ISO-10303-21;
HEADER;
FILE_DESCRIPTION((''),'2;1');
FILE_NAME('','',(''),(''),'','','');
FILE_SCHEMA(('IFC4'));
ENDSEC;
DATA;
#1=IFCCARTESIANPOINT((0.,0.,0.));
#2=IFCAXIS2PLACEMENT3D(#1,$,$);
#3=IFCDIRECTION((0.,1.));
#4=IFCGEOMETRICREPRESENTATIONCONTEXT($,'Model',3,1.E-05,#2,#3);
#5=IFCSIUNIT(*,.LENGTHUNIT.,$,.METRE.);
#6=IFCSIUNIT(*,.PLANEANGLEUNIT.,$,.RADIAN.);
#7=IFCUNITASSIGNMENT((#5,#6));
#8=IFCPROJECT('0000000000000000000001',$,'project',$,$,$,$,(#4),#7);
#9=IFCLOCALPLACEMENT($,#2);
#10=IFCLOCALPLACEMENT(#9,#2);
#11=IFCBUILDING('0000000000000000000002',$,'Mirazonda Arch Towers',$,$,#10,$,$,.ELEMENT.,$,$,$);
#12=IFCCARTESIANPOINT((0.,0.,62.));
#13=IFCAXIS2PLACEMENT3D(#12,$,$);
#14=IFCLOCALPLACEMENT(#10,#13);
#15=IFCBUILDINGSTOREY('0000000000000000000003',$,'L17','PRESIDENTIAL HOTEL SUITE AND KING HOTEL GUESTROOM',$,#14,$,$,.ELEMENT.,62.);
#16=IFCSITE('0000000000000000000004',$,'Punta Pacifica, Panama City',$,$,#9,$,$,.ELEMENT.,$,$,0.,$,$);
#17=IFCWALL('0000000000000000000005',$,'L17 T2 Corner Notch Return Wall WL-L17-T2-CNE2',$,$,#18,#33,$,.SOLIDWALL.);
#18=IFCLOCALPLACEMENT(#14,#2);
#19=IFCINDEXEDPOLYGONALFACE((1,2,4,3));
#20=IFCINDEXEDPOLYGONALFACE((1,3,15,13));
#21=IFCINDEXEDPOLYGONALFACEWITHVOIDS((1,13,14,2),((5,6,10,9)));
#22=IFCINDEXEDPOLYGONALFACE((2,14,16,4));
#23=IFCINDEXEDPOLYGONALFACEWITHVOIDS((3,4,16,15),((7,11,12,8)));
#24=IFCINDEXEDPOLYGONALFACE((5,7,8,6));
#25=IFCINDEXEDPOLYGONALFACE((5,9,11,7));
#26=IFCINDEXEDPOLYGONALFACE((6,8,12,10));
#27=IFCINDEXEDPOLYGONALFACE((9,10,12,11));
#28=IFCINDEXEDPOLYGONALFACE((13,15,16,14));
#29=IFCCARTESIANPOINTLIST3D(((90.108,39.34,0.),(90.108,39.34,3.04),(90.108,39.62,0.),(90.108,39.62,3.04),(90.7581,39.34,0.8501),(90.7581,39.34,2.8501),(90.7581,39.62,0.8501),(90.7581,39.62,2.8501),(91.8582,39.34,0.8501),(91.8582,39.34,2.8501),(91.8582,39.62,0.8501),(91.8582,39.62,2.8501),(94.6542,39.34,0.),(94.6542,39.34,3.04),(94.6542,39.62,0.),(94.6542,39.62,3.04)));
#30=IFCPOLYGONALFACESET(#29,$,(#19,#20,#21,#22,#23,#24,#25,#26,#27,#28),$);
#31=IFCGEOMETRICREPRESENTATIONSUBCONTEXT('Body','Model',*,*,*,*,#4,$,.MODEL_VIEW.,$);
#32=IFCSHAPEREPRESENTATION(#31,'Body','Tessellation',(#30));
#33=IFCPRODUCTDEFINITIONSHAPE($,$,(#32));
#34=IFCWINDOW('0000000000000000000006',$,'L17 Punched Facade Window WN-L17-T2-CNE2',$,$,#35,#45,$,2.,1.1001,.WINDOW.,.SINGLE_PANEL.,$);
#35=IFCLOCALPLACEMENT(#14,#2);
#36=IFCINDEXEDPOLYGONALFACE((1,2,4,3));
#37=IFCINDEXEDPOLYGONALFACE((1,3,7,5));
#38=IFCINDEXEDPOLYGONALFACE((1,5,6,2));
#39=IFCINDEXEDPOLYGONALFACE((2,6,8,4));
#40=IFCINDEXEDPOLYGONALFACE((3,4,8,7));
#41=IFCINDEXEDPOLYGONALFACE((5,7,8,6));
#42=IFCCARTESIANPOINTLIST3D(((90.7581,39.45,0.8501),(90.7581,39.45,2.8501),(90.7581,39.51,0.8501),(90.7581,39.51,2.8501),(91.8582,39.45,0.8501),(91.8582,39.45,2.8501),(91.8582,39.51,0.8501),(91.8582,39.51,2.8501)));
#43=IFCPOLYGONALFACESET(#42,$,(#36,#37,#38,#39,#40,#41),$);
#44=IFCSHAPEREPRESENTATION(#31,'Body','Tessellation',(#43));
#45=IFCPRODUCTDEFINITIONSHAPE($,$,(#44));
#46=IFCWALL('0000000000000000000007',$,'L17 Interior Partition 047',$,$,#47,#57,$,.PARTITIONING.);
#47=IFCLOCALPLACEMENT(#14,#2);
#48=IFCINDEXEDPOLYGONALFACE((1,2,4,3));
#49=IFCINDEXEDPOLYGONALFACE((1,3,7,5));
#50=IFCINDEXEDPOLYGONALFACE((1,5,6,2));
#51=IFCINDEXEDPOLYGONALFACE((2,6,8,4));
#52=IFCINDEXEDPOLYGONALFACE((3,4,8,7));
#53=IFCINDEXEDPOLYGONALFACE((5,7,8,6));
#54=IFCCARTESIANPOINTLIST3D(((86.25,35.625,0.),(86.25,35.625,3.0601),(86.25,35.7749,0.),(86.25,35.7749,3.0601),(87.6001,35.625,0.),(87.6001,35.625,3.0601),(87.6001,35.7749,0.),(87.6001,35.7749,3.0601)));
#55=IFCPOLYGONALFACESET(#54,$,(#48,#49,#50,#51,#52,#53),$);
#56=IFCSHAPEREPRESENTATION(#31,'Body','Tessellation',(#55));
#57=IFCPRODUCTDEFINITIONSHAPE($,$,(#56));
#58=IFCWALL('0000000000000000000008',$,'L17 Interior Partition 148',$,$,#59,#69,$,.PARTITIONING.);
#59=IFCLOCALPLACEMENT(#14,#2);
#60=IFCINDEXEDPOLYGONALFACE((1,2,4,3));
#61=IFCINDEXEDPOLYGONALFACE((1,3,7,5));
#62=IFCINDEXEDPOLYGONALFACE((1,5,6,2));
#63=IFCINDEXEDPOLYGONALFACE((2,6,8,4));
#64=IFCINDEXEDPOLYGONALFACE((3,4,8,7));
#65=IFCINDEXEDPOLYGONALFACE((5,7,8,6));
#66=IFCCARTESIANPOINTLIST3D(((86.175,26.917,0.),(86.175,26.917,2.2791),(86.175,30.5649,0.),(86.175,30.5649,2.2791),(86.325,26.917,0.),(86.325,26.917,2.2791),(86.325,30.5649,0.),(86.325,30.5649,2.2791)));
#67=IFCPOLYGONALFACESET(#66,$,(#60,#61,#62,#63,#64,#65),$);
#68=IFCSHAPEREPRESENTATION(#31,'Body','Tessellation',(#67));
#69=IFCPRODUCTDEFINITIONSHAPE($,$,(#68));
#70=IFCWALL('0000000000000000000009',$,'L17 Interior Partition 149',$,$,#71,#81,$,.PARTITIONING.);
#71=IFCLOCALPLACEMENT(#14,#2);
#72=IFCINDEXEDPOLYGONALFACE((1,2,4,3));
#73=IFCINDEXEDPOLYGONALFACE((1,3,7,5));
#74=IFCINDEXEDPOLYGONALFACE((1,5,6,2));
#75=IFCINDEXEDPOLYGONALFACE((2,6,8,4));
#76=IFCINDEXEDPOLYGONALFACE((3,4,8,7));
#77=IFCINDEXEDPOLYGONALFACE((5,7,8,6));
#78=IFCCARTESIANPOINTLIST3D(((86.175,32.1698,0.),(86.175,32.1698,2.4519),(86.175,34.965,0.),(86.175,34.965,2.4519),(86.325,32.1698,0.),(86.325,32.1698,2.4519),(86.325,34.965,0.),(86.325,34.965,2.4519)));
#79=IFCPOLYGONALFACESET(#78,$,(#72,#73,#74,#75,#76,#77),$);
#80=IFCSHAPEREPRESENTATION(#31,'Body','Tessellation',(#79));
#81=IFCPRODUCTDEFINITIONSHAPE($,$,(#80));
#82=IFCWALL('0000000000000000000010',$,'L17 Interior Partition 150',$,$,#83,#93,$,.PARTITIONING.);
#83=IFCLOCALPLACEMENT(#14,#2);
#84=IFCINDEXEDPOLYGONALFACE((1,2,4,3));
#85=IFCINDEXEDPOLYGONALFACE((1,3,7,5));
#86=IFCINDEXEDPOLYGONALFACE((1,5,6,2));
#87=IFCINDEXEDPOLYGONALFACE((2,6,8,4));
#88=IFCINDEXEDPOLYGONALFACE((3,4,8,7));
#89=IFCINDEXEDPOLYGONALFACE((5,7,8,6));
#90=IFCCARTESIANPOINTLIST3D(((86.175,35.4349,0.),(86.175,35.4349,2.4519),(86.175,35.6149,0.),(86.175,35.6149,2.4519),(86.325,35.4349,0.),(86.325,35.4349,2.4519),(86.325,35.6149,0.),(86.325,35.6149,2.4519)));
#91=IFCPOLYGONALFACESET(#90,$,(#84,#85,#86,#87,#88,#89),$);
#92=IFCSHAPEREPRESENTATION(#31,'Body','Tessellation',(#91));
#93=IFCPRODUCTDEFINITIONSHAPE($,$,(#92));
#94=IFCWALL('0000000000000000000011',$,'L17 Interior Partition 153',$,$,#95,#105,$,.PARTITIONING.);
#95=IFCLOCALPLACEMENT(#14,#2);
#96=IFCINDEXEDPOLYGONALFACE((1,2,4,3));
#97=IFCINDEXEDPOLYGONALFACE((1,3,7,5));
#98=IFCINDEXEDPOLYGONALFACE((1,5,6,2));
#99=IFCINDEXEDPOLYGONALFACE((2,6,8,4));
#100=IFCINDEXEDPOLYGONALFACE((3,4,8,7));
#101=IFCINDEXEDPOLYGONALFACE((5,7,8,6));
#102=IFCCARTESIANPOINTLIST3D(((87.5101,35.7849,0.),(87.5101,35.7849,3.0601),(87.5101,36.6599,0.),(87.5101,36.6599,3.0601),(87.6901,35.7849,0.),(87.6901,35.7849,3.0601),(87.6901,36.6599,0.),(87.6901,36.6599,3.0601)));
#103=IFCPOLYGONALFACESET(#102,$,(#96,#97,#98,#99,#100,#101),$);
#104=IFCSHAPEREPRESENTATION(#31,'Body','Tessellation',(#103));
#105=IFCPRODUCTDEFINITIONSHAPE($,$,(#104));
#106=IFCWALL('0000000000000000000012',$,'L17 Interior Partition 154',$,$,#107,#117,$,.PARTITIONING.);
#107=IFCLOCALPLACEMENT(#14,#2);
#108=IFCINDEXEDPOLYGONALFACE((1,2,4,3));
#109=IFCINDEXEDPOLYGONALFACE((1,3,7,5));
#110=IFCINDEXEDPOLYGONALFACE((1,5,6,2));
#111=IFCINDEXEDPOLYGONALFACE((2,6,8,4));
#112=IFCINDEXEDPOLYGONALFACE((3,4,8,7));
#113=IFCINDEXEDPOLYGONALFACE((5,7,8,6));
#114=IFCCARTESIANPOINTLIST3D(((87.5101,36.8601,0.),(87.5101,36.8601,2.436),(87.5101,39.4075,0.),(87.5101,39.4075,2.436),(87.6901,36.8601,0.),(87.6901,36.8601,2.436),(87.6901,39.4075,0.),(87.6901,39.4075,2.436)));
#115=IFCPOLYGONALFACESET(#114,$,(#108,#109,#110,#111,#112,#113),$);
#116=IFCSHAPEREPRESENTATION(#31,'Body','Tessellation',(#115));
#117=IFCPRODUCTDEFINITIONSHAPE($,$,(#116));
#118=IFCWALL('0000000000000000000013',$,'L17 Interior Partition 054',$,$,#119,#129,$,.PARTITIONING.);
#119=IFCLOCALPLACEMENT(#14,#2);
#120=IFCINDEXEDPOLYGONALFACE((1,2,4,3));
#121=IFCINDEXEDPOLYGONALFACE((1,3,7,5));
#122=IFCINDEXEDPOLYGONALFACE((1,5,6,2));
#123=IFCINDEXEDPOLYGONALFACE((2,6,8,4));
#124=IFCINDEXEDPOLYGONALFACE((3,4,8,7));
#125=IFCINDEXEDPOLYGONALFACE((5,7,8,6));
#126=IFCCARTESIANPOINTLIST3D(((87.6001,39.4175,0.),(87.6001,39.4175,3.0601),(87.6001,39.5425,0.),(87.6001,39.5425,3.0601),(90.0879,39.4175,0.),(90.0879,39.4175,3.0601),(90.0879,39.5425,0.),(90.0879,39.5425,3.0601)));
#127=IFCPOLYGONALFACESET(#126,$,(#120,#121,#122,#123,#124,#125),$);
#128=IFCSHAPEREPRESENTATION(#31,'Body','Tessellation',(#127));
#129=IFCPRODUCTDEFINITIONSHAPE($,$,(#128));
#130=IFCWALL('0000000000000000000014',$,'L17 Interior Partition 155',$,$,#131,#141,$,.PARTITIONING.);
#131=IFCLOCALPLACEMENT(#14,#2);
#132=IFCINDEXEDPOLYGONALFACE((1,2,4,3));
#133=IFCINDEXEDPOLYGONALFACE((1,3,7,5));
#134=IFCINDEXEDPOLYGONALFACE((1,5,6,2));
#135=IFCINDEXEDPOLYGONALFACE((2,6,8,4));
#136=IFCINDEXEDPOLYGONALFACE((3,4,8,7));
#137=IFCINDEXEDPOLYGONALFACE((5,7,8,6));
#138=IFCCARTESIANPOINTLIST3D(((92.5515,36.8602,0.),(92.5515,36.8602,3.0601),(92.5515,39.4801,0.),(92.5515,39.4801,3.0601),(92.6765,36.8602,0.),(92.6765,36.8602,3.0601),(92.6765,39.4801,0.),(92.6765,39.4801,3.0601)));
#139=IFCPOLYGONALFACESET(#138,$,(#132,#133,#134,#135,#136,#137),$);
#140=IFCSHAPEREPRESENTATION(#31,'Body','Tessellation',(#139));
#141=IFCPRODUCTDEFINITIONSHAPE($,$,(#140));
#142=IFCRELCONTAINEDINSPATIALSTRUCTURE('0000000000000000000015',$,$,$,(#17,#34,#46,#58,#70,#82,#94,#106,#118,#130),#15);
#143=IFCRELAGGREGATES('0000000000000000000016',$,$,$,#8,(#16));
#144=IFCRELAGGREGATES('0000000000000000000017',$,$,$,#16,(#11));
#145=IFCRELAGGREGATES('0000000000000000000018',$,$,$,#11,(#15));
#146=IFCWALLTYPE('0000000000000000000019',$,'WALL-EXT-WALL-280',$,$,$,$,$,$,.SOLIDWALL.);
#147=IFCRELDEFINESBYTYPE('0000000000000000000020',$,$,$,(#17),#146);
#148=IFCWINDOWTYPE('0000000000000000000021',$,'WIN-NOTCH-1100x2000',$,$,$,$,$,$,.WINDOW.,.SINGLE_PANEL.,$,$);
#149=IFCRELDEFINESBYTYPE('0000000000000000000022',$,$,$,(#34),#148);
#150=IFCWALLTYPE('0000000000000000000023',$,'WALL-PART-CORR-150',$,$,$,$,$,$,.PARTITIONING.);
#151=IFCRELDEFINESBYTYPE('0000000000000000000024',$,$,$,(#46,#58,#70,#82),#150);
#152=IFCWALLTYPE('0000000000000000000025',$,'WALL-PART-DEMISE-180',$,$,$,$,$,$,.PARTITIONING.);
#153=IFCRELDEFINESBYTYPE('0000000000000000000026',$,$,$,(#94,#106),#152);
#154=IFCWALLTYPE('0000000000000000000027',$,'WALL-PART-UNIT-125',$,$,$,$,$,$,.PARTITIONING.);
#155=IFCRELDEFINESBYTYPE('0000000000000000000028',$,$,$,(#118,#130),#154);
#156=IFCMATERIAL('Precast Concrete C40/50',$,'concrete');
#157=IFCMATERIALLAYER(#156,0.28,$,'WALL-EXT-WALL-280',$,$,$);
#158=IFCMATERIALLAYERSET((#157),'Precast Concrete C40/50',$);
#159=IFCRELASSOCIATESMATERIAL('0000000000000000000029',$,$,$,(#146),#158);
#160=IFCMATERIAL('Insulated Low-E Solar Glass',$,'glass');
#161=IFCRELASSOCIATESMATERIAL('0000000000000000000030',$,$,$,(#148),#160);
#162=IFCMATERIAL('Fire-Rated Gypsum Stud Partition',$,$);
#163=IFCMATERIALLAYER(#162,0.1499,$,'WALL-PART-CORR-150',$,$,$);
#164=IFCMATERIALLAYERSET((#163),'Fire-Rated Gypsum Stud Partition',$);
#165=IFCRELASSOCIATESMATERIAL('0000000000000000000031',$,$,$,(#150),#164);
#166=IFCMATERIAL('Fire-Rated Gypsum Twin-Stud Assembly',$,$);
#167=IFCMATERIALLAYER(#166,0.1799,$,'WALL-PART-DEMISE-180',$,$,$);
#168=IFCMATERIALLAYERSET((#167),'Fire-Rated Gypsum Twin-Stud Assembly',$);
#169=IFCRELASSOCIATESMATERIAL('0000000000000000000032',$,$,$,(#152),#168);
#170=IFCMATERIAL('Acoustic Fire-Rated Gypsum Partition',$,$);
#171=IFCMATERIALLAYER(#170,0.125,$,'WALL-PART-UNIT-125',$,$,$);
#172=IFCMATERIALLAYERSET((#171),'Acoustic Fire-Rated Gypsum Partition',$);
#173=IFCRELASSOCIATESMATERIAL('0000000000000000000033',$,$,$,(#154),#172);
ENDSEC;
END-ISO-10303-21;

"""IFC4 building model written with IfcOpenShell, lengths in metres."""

from ifc_helpers import new_model, si_unit, direction, frame, frame_2d, origin, place, context, subcontext, project, spatial, rectangle, extrude, material, layer, layer_set, type_object, element, fill, save


model = new_model("IFC4")

# Units and contexts
model_context = context("Model", 3, precision=1e-05, world=origin(), true_north=direction((0.0, 1.0)))
body_context = subcontext(model_context, "Body", "Model", "MODEL_VIEW")
ifc_project = project(units=[si_unit("LENGTHUNIT", "METRE"), si_unit("PLANEANGLEUNIT", "RADIAN")], contexts=[model_context])

# Site, building, storey
site_placement = place(None, origin())
site = spatial("IfcSite", under=ifc_project, at=site_placement, Name="Punta Pacifica, Panama City", CompositionType="ELEMENT", RefElevation=0.0)
building_placement = place(site_placement, origin())
building = spatial("IfcBuilding", under=site, at=building_placement, Name="Mirazonda Arch Towers", CompositionType="ELEMENT")
storey_placement = place(building_placement, frame((0.0, 0.0, 62.0)))
storey = spatial("IfcBuildingStorey", under=building, at=storey_placement, Name="L17", Description="PRESIDENTIAL HOTEL SUITE AND KING HOTEL GUESTROOM", CompositionType="ELEMENT", Elevation=62.0)

# Shared definitions
ifc_material_1 = material(Name="Insulated Low-E Solar Glass", Category="glass")

# Wall, opening, window
ifc_material_2 = material(Name="Precast Concrete C40/50", Category="concrete")
ifc_layer_1 = layer(ifc_material_2, 0.28, Name="WALL-EXT-WALL-280")
ifc_layer_set_1 = layer_set([ifc_layer_1], Name="Precast Concrete C40/50")
wall_type_1 = type_object("IfcWallType", Name="WALL-EXT-WALL-280", PredefinedType="SOLIDWALL", material=ifc_layer_set_1)
window_type = type_object("IfcWindowType", Name="WIN-NOTCH-1100x2000", PartitioningType="SINGLE_PANEL", PredefinedType="WINDOW", material=ifc_material_1)
wall_1_placement = place(storey_placement, frame((94.6541, 39.48, 0.0), z_axis=(0.0, 0.0, 1.0), x_axis=(-1.0, 0.0, 0.0)))
wall_1 = element("IfcWall", 1, at=wall_1_placement, inside=storey, type_object=wall_type_1, Name="L17 T2 Corner Notch Return Wall WL-L17-T2-CNE2", PredefinedType="SOLIDWALL", context=body_context, shape_type="SweptSolid", body=[
    extrude(rectangle(XDim=4.5461, YDim=0.28, at=frame_2d((2.2729, 0.0))), origin(), (0.0, 0.0, 1.0), 3.04),
])
opening_1_placement = place(wall_1_placement, frame((2.7959, 0.0, 0.8501)))
opening_1 = element("IfcOpeningElement", 2, at=opening_1_placement, cuts=wall_1, PredefinedType="OPENING", context=body_context, shape_type="SweptSolid", body=[
    extrude(rectangle(XDim=1.1001, YDim=2.0, at=frame_2d((0.55, 1.0))), frame((0.0, 0.1499, 0.0), z_axis=(0.0, -1.0, 0.0), x_axis=(1.0, 0.0, 0.0)), (0.0, 0.0, 1.0), 0.3),
])
window_1_placement = place(opening_1_placement, origin())
window_1 = element("IfcWindow", 3, at=window_1_placement, inside=storey, type_object=window_type, Name="L17 Punched Facade Window WN-L17-T2-CNE2", OverallHeight=2.0, OverallWidth=1.1001, PartitioningType="SINGLE_PANEL", PredefinedType="WINDOW", context=body_context, shape_type="SweptSolid", body=[
    extrude(rectangle(XDim=1.1001, YDim=2.0, at=frame_2d((0.55, 1.0))), frame((0.0, 0.03, 0.0), z_axis=(0.0, -1.0, 0.0), x_axis=(1.0, 0.0, 0.0)), (0.0, 0.0, 1.0), 0.0601),
])
fill(opening_1, window_1)

# Walls
ifc_material_3 = material(Name="Fire-Rated Gypsum Stud Partition")
ifc_layer_2 = layer(ifc_material_3, 0.1499, Name="WALL-PART-CORR-150")
ifc_layer_set_2 = layer_set([ifc_layer_2], Name="Fire-Rated Gypsum Stud Partition")
wall_type_2 = type_object("IfcWallType", Name="WALL-PART-CORR-150", PredefinedType="PARTITIONING", material=ifc_layer_set_2)
wall_2_placement = place(storey_placement, frame((86.25, 35.7, 0.0), z_axis=(0.0, 0.0, 1.0), x_axis=(1.0, 0.0, 0.0)))
element("IfcWall", 4, at=wall_2_placement, inside=storey, type_object=wall_type_2, Name="L17 Interior Partition 047", PredefinedType="PARTITIONING", context=body_context, shape_type="SweptSolid", body=[
    extrude(rectangle(XDim=1.3501, YDim=0.1499, at=frame_2d((0.675, 0.0))), origin(), (0.0, 0.0, 1.0), 3.0601),
])
wall_3_placement = place(storey_placement, frame((86.25, 26.917, 0.0), z_axis=(0.0, 0.0, 1.0), x_axis=(0.0, 1.0, 0.0)))
element("IfcWall", 5, at=wall_3_placement, inside=storey, type_object=wall_type_2, Name="L17 Interior Partition 148", PredefinedType="PARTITIONING", context=body_context, shape_type="SweptSolid", body=[
    extrude(rectangle(XDim=3.6479, YDim=0.1499, at=frame_2d((1.824, 0.0))), origin(), (0.0, 0.0, 1.0), 2.2791),
])
wall_4_placement = place(storey_placement, frame((86.25, 32.1699, 0.0), z_axis=(0.0, 0.0, 1.0), x_axis=(0.0, 1.0, 0.0)))
element("IfcWall", 6, at=wall_4_placement, inside=storey, type_object=wall_type_2, Name="L17 Interior Partition 149", PredefinedType="PARTITIONING", context=body_context, shape_type="SweptSolid", body=[
    extrude(rectangle(XDim=2.7952, YDim=0.1499, at=frame_2d((1.3975, 0.0))), origin(), (0.0, 0.0, 1.0), 2.4519),
])
wall_5_placement = place(storey_placement, frame((86.25, 35.4351, 0.0), z_axis=(0.0, 0.0, 1.0), x_axis=(0.0, 1.0, 0.0)))
element("IfcWall", 7, at=wall_5_placement, inside=storey, type_object=wall_type_2, Name="L17 Interior Partition 150", PredefinedType="PARTITIONING", context=body_context, shape_type="SweptSolid", body=[
    extrude(rectangle(XDim=0.1799, YDim=0.1499, at=frame_2d((0.0898, 0.0))), origin(), (0.0, 0.0, 1.0), 2.4519),
])

# Shared definitions
ifc_material_4 = material(Name="Fire-Rated Gypsum Twin-Stud Assembly")
ifc_layer_3 = layer(ifc_material_4, 0.1799, Name="WALL-PART-DEMISE-180")
ifc_layer_set_3 = layer_set([ifc_layer_3], Name="Fire-Rated Gypsum Twin-Stud Assembly")
wall_type_3 = type_object("IfcWallType", Name="WALL-PART-DEMISE-180", PredefinedType="PARTITIONING", material=ifc_layer_set_3)

# Walls
wall_6_placement = place(storey_placement, frame((87.6001, 35.7849, 0.0), z_axis=(0.0, 0.0, 1.0), x_axis=(0.0, 1.0, 0.0)))
element("IfcWall", 8, at=wall_6_placement, inside=storey, type_object=wall_type_3, Name="L17 Interior Partition 153", PredefinedType="PARTITIONING", context=body_context, shape_type="SweptSolid", body=[
    extrude(rectangle(XDim=0.875, YDim=0.1799, at=frame_2d((0.4375, 0.0))), origin(), (0.0, 0.0, 1.0), 3.0601),
])
wall_7_placement = place(storey_placement, frame((87.6001, 36.8601, 0.0), z_axis=(0.0, 0.0, 1.0), x_axis=(0.0, 1.0, 0.0)))
element("IfcWall", 9, at=wall_7_placement, inside=storey, type_object=wall_type_3, Name="L17 Interior Partition 154", PredefinedType="PARTITIONING", context=body_context, shape_type="SweptSolid", body=[
    extrude(rectangle(XDim=2.5474, YDim=0.1799, at=frame_2d((1.2737, 0.0))), origin(), (0.0, 0.0, 1.0), 2.436),
])
ifc_material_5 = material(Name="Acoustic Fire-Rated Gypsum Partition")
ifc_layer_4 = layer(ifc_material_5, 0.125, Name="WALL-PART-UNIT-125")
ifc_layer_set_4 = layer_set([ifc_layer_4], Name="Acoustic Fire-Rated Gypsum Partition")
wall_type_4 = type_object("IfcWallType", Name="WALL-PART-UNIT-125", PredefinedType="PARTITIONING", material=ifc_layer_set_4)
wall_8_placement = place(storey_placement, frame((87.6001, 39.48, 0.0), z_axis=(0.0, 0.0, 1.0), x_axis=(1.0, 0.0, 0.0)))
element("IfcWall", 10, at=wall_8_placement, inside=storey, type_object=wall_type_4, Name="L17 Interior Partition 054", PredefinedType="PARTITIONING", context=body_context, shape_type="SweptSolid", body=[
    extrude(rectangle(XDim=2.4878, YDim=0.125, at=frame_2d((1.2439, 0.0))), origin(), (0.0, 0.0, 1.0), 3.0601),
])
wall_9_placement = place(storey_placement, frame((92.614, 36.8601, 0.0), z_axis=(0.0, 0.0, 1.0), x_axis=(0.0, 1.0, 0.0)))
element("IfcWall", 11, at=wall_9_placement, inside=storey, type_object=wall_type_4, Name="L17 Interior Partition 155", PredefinedType="PARTITIONING", context=body_context, shape_type="SweptSolid", body=[
    extrude(rectangle(XDim=2.6199, YDim=0.125, at=frame_2d((1.3101, 0.0))), origin(), (0.0, 0.0, 1.0), 3.0601),
])

save(model, "model.ifc")
